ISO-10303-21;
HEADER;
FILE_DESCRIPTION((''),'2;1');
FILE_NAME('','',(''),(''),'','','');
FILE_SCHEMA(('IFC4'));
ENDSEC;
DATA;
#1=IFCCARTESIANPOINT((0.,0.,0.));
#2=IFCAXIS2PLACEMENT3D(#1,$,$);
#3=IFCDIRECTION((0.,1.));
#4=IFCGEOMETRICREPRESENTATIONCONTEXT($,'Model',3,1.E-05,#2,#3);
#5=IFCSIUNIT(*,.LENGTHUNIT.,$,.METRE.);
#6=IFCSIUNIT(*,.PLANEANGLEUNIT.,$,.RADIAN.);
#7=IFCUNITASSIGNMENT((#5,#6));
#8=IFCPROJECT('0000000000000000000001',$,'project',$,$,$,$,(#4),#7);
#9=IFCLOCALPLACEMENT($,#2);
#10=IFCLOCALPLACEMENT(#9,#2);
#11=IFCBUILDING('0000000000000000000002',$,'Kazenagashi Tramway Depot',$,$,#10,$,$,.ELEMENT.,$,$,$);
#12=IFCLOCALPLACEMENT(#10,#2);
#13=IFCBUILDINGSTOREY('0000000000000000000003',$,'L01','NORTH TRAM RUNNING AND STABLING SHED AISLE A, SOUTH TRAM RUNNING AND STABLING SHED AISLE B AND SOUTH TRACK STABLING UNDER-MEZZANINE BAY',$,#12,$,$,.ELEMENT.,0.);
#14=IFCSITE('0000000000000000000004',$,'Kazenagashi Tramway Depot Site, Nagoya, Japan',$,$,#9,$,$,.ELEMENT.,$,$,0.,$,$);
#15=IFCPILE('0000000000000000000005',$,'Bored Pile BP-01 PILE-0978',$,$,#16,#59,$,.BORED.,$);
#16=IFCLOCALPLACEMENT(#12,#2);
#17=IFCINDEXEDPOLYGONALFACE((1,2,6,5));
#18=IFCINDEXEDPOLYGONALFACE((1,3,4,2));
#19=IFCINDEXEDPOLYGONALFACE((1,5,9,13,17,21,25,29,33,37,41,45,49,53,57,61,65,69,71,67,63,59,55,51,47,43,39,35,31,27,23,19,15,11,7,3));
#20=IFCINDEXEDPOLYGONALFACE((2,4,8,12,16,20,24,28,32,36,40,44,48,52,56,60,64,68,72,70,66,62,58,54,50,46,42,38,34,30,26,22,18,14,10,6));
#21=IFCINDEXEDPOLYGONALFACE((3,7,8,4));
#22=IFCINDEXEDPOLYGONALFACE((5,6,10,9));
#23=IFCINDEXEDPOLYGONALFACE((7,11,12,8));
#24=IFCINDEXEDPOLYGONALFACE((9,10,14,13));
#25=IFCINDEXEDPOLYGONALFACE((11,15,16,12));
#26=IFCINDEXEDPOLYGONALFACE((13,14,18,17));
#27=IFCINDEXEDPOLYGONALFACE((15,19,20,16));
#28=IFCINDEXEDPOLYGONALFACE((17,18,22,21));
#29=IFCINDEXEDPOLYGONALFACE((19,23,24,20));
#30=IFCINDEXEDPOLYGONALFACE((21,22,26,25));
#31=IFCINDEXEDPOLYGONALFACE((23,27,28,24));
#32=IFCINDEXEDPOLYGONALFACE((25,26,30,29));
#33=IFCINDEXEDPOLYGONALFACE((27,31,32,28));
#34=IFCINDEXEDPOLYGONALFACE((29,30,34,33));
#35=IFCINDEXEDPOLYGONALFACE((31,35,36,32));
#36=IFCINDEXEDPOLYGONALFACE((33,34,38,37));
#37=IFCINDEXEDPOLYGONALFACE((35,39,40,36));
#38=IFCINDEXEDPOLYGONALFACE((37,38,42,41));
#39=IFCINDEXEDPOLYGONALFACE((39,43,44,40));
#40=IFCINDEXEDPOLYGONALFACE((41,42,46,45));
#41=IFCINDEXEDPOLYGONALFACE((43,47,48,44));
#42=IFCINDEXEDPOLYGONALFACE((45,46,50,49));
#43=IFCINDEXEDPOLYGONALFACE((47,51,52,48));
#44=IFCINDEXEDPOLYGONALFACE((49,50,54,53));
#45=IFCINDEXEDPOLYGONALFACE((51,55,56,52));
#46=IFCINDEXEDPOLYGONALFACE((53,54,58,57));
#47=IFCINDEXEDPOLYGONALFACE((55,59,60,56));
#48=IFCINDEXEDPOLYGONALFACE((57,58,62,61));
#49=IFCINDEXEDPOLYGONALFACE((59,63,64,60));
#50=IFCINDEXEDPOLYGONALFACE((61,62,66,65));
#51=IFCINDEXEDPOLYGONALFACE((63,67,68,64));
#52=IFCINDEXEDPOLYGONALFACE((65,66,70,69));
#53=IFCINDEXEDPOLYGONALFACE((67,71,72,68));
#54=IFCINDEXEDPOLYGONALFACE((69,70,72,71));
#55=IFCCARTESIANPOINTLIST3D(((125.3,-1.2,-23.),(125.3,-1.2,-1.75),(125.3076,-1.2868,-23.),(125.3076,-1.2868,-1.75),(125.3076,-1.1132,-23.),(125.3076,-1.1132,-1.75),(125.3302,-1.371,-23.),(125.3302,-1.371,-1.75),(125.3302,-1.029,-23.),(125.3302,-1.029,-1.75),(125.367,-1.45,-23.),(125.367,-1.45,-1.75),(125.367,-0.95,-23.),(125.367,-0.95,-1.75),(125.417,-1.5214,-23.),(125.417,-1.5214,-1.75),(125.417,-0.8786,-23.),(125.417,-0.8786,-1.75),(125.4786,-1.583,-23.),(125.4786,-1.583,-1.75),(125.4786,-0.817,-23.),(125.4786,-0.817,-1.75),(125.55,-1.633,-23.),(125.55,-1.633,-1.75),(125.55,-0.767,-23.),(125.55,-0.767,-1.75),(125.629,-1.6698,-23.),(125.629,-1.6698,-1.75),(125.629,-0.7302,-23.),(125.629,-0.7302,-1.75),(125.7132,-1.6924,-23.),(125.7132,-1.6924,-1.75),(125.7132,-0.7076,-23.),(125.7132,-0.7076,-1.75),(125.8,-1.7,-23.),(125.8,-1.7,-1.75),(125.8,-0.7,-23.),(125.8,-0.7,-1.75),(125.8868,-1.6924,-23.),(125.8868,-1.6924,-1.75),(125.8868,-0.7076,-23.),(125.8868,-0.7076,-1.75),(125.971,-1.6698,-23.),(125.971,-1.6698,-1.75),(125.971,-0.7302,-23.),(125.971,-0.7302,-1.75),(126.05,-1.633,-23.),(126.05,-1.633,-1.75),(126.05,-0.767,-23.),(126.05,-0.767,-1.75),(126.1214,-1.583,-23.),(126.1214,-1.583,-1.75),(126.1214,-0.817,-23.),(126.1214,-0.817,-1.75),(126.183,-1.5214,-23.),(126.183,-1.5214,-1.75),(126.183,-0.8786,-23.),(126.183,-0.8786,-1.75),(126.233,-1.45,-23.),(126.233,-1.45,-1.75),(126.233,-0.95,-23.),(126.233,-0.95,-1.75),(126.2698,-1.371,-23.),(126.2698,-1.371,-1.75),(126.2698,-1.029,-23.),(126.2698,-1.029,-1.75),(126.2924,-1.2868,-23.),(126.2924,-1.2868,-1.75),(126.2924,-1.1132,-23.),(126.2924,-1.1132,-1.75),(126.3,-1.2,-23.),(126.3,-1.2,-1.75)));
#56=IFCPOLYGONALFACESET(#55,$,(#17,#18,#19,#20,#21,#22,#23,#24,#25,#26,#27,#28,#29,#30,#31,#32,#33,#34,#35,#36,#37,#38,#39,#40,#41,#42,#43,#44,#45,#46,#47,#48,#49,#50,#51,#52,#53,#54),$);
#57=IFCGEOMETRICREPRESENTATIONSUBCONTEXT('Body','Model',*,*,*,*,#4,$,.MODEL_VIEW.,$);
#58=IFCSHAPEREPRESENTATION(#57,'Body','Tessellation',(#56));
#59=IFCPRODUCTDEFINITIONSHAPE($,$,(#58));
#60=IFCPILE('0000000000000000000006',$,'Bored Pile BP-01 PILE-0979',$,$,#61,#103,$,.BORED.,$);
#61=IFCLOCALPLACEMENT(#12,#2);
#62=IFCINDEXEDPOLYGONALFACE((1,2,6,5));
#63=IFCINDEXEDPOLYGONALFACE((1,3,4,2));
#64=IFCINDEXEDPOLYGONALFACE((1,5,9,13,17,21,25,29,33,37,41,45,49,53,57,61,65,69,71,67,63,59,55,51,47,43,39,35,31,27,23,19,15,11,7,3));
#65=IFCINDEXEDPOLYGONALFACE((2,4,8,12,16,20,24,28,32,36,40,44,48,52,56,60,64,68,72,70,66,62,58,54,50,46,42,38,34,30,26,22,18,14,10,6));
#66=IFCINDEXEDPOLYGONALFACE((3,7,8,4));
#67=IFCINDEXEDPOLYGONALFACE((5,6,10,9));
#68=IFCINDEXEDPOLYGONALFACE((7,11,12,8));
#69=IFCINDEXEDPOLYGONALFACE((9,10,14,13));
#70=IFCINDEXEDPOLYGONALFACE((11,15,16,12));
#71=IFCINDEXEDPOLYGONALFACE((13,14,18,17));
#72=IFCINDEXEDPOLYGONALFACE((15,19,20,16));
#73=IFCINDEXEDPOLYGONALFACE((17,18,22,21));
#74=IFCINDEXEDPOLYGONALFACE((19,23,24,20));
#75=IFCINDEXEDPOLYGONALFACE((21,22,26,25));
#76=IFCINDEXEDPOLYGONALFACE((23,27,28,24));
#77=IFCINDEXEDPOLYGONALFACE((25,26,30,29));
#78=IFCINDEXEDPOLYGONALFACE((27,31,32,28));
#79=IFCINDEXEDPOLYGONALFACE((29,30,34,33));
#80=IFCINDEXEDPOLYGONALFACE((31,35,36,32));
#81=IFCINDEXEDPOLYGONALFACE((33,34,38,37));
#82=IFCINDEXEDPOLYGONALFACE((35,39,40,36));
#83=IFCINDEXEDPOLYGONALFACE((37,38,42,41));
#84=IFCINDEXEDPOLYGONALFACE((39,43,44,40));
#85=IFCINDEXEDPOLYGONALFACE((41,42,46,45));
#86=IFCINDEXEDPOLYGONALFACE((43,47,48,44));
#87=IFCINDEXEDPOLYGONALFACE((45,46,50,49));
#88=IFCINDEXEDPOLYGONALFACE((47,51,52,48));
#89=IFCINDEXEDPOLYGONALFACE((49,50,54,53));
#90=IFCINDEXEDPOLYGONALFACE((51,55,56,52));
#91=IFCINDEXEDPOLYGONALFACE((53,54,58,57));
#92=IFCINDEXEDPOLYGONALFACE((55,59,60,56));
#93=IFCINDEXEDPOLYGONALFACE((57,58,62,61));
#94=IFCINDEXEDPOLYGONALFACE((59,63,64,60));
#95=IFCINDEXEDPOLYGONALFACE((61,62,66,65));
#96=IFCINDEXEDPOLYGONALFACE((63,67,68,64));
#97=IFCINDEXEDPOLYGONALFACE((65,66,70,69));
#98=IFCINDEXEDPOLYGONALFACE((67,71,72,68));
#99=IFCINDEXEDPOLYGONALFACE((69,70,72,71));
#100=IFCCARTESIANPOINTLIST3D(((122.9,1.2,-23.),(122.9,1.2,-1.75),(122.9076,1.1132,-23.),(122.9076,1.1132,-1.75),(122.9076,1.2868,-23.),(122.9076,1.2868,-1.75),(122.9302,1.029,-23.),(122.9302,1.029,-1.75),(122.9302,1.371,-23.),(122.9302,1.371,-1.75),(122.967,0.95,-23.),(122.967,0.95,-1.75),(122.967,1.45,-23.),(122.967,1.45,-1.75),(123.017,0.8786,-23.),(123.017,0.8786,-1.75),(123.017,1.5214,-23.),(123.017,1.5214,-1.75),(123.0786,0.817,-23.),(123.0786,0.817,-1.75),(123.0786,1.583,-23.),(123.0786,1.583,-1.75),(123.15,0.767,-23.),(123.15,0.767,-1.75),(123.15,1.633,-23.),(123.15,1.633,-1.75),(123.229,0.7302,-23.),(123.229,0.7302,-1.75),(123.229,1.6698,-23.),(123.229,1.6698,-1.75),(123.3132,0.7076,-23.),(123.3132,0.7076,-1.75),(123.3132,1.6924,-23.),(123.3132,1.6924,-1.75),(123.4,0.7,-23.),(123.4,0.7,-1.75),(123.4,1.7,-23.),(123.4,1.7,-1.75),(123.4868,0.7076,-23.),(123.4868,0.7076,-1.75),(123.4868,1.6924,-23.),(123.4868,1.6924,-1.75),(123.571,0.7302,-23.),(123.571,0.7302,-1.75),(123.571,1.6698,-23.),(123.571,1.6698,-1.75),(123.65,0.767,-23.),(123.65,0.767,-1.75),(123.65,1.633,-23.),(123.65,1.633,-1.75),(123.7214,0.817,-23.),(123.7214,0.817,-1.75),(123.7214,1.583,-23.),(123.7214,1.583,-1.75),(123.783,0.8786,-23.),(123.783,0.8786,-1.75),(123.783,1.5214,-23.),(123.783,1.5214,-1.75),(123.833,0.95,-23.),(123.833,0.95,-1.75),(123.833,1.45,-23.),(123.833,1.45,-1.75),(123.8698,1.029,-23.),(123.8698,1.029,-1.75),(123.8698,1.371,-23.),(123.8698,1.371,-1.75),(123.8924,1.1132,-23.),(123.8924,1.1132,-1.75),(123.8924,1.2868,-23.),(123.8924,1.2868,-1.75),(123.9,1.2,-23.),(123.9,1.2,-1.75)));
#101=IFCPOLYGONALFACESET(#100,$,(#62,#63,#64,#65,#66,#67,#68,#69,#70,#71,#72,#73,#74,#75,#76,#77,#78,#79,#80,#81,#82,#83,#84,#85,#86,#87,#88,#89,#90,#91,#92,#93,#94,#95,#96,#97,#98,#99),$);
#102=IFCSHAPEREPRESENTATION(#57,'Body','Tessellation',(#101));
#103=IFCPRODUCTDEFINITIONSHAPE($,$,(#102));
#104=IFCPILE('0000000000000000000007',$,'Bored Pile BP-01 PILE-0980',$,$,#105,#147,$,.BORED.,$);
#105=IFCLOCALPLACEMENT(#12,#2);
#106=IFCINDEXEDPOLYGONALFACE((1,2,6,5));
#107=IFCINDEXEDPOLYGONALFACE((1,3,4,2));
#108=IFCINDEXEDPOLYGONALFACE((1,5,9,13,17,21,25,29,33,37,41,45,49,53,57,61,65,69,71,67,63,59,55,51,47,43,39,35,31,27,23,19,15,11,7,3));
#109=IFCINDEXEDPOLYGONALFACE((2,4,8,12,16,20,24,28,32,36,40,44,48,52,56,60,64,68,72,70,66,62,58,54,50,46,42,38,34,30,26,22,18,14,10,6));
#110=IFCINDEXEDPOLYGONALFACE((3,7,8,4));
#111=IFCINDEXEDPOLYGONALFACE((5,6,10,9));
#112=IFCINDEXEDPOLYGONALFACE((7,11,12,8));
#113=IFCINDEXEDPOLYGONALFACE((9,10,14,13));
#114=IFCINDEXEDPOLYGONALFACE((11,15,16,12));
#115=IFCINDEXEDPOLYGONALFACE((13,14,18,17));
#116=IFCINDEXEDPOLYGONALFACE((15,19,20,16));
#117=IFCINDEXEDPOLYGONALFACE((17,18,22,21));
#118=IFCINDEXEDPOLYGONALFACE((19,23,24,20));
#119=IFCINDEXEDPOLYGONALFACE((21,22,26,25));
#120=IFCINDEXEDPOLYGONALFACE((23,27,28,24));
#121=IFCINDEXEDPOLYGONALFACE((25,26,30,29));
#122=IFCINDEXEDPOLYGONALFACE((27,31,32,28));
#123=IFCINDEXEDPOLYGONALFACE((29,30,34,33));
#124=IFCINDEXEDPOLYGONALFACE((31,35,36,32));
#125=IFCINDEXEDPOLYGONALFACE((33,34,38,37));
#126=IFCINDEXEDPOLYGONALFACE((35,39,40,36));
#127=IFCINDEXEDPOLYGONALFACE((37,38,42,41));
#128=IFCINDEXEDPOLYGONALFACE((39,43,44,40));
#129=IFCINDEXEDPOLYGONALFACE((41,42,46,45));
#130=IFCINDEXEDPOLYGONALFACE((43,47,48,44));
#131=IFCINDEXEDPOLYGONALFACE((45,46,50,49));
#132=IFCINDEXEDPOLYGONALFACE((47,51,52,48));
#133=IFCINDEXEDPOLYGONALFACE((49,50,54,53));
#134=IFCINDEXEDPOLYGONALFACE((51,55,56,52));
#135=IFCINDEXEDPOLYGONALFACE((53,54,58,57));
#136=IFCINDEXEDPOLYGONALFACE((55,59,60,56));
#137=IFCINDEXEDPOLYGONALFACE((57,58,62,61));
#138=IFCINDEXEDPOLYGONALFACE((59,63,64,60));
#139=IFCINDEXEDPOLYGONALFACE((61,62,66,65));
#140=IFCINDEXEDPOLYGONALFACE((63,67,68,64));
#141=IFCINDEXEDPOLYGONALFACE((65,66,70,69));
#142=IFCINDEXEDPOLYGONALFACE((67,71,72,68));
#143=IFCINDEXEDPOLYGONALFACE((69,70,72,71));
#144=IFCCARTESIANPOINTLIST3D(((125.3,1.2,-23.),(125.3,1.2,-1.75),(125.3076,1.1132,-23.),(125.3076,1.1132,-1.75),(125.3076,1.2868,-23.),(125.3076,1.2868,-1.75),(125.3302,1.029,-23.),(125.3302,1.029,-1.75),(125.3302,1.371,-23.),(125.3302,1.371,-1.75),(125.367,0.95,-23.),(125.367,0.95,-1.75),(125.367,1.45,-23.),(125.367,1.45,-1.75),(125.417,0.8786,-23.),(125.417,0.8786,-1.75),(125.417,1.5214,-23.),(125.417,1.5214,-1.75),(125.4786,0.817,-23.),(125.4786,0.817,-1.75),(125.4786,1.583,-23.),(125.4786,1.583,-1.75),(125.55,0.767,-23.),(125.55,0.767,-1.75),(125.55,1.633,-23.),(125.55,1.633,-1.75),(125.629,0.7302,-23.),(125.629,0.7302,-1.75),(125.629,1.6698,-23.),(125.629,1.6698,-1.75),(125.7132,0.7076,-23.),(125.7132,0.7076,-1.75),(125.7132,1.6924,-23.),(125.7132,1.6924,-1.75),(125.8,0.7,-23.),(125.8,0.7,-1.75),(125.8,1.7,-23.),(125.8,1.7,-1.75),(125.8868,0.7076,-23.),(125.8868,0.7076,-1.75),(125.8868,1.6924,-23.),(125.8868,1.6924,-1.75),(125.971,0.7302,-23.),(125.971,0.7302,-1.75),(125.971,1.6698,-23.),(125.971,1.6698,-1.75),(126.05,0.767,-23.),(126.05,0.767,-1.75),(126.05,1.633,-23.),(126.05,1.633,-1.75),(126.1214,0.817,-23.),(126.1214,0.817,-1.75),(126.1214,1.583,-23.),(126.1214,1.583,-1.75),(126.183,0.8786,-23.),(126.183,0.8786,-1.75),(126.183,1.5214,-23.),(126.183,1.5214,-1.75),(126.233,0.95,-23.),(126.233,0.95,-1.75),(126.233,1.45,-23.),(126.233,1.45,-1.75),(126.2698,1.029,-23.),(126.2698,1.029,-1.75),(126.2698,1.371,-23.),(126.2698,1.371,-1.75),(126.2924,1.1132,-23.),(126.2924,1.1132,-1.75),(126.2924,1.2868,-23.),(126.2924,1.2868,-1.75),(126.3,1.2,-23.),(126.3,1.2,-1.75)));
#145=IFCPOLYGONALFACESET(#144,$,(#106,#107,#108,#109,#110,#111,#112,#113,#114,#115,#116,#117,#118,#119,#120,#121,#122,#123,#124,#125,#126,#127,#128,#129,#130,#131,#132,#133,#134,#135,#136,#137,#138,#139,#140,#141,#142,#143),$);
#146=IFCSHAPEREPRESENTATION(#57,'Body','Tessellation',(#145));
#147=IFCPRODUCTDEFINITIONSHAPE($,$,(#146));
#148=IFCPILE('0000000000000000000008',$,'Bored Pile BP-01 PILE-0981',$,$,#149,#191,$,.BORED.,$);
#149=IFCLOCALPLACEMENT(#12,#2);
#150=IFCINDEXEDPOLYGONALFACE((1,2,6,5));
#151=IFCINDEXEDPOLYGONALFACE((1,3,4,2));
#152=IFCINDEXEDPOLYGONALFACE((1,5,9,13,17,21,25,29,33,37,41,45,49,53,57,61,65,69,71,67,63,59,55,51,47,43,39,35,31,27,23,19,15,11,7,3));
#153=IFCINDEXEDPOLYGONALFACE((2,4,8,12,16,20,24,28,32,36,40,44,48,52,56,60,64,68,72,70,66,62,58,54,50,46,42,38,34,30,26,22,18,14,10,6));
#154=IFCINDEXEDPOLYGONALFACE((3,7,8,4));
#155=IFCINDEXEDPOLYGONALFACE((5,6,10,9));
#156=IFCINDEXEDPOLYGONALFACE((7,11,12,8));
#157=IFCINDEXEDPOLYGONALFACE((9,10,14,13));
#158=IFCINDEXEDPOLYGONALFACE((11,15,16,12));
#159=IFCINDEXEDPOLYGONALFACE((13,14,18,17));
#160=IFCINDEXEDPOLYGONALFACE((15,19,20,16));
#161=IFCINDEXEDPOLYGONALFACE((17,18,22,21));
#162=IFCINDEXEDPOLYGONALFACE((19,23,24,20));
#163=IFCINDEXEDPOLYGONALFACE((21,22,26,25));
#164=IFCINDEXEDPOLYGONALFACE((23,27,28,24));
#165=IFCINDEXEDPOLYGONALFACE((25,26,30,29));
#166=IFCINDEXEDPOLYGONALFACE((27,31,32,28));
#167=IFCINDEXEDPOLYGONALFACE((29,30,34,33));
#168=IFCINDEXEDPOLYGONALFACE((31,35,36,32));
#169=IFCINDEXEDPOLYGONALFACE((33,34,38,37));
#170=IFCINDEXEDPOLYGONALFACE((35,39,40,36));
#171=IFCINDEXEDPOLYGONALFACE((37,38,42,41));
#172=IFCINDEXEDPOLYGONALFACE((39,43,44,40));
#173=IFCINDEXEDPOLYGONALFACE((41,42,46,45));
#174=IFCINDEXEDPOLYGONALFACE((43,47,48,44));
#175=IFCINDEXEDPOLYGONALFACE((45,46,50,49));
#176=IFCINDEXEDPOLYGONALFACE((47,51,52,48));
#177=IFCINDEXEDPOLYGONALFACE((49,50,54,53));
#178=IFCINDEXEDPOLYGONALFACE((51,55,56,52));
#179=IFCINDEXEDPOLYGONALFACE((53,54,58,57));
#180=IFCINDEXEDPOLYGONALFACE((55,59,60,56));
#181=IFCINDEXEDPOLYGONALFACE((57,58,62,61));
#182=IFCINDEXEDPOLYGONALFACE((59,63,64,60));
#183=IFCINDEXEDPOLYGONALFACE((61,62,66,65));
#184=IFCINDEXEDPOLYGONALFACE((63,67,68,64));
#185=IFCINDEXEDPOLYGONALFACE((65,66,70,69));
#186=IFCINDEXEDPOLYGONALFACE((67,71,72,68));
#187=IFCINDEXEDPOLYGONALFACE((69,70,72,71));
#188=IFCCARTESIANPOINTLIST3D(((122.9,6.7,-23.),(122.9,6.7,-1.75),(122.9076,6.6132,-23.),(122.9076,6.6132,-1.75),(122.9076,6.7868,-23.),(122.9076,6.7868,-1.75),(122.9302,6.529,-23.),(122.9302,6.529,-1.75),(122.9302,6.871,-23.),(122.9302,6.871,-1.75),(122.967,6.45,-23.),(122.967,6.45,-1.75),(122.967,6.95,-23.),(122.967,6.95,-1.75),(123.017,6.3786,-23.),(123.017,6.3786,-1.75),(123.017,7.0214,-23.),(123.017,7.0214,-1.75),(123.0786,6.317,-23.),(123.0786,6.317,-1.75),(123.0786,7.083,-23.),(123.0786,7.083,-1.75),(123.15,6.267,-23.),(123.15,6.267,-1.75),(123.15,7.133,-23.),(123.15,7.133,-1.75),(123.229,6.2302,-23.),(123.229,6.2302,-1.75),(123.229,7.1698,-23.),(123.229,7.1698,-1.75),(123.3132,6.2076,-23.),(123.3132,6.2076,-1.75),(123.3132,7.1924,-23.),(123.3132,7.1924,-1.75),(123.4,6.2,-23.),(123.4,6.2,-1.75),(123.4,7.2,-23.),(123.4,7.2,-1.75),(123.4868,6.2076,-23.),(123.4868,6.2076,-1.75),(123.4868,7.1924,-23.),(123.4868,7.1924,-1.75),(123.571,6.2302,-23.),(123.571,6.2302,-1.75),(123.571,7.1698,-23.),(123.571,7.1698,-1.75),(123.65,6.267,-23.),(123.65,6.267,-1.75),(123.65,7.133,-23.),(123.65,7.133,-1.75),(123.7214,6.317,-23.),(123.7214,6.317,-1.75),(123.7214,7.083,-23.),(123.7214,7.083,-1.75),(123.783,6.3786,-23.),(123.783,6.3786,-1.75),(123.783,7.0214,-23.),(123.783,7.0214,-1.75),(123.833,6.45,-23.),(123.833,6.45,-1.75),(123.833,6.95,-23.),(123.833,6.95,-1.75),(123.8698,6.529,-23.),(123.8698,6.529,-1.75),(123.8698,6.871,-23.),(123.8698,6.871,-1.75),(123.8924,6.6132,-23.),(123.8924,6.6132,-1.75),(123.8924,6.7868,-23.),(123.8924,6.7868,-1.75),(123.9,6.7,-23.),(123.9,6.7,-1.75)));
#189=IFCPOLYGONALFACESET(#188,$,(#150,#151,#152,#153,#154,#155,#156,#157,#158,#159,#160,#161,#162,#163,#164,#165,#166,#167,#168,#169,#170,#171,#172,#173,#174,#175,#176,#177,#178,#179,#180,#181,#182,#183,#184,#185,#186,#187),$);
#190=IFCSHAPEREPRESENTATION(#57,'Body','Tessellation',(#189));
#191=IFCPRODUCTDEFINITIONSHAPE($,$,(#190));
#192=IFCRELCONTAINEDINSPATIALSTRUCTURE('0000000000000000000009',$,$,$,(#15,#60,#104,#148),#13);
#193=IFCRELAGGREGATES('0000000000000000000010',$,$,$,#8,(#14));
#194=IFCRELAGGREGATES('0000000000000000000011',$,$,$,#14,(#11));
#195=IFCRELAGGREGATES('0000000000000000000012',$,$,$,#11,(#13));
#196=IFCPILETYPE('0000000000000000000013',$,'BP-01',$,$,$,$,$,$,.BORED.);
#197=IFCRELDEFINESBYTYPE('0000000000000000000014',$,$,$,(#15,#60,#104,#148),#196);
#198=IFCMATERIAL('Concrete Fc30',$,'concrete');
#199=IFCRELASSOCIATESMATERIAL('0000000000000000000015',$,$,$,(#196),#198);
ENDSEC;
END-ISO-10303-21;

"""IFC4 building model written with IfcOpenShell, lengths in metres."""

from ifc_helpers import new_model, si_unit, direction, frame, origin, origin_2d, place, context, subcontext, project, spatial, circle, extrude, material, material_profile, profile_set, type_object, element, save


model = new_model("IFC4")

# Units and contexts
model_context = context("Model", 3, precision=1e-05, world=origin(), true_north=direction((0.0, 1.0)))
body_context = subcontext(model_context, "Body", "Model", "MODEL_VIEW")
ifc_project = project(units=[si_unit("LENGTHUNIT", "METRE"), si_unit("PLANEANGLEUNIT", "RADIAN")], contexts=[model_context])

# Site, building, storey
site_placement = place(None, origin())
site = spatial("IfcSite", under=ifc_project, at=site_placement, Name="Kazenagashi Tramway Depot Site, Nagoya, Japan", CompositionType="ELEMENT", RefElevation=0.0)
building_placement = place(site_placement, origin())
building = spatial("IfcBuilding", under=site, at=building_placement, Name="Kazenagashi Tramway Depot", CompositionType="ELEMENT")
storey_placement = place(building_placement, origin())
storey = spatial("IfcBuildingStorey", under=building, at=storey_placement, Name="L01", Description="NORTH TRAM RUNNING AND STABLING SHED AISLE A, SOUTH TRAM RUNNING AND STABLING SHED AISLE B AND SOUTH TRACK STABLING UNDER-MEZZANINE BAY", CompositionType="ELEMENT", Elevation=0.0)

# Piles
ifc_material_1 = material(Name="Concrete Fc30", Category="concrete")
ifc_material_profile_1 = material_profile(ifc_material_1, circle(Radius=0.5, at=origin_2d()), Name="PILE-1000")
ifc_profile_set_1 = profile_set([ifc_material_profile_1], Name="Concrete Fc30")
pile_type = type_object("IfcPileType", Name="BP-01", PredefinedType="BORED", material=ifc_profile_set_1)
for number, where, z_axis, x_axis, name in (
    (1, (125.8, -1.2, -1.75), (0.0, 0.0, -1.0), (1.0, 0.0, 0.0), "Bored Pile BP-01 PILE-0978"),
    (2, (123.4, 1.2, -1.75), (0.0, 0.0, -1.0), (1.0, 0.0, 0.0), "Bored Pile BP-01 PILE-0979"),
    (3, (125.8, 1.2, -1.75), (0.0, 0.0, -1.0), (1.0, 0.0, 0.0), "Bored Pile BP-01 PILE-0980"),
    (4, (123.4, 6.7, -1.75), (0.0, 0.0, -1.0), (1.0, 0.0, 0.0), "Bored Pile BP-01 PILE-0981"),
):
    element("IfcPile", number, at=place(storey_placement, frame(where, z_axis=z_axis, x_axis=x_axis)), inside=storey, type_object=pile_type, Name=name, PredefinedType="BORED", context=body_context, shape_type="SweptSolid", body=[
        extrude(circle(Radius=0.5, at=origin_2d()), origin(), (0.0, 0.0, 1.0), 21.25),
    ])

save(model, "model.ifc")
